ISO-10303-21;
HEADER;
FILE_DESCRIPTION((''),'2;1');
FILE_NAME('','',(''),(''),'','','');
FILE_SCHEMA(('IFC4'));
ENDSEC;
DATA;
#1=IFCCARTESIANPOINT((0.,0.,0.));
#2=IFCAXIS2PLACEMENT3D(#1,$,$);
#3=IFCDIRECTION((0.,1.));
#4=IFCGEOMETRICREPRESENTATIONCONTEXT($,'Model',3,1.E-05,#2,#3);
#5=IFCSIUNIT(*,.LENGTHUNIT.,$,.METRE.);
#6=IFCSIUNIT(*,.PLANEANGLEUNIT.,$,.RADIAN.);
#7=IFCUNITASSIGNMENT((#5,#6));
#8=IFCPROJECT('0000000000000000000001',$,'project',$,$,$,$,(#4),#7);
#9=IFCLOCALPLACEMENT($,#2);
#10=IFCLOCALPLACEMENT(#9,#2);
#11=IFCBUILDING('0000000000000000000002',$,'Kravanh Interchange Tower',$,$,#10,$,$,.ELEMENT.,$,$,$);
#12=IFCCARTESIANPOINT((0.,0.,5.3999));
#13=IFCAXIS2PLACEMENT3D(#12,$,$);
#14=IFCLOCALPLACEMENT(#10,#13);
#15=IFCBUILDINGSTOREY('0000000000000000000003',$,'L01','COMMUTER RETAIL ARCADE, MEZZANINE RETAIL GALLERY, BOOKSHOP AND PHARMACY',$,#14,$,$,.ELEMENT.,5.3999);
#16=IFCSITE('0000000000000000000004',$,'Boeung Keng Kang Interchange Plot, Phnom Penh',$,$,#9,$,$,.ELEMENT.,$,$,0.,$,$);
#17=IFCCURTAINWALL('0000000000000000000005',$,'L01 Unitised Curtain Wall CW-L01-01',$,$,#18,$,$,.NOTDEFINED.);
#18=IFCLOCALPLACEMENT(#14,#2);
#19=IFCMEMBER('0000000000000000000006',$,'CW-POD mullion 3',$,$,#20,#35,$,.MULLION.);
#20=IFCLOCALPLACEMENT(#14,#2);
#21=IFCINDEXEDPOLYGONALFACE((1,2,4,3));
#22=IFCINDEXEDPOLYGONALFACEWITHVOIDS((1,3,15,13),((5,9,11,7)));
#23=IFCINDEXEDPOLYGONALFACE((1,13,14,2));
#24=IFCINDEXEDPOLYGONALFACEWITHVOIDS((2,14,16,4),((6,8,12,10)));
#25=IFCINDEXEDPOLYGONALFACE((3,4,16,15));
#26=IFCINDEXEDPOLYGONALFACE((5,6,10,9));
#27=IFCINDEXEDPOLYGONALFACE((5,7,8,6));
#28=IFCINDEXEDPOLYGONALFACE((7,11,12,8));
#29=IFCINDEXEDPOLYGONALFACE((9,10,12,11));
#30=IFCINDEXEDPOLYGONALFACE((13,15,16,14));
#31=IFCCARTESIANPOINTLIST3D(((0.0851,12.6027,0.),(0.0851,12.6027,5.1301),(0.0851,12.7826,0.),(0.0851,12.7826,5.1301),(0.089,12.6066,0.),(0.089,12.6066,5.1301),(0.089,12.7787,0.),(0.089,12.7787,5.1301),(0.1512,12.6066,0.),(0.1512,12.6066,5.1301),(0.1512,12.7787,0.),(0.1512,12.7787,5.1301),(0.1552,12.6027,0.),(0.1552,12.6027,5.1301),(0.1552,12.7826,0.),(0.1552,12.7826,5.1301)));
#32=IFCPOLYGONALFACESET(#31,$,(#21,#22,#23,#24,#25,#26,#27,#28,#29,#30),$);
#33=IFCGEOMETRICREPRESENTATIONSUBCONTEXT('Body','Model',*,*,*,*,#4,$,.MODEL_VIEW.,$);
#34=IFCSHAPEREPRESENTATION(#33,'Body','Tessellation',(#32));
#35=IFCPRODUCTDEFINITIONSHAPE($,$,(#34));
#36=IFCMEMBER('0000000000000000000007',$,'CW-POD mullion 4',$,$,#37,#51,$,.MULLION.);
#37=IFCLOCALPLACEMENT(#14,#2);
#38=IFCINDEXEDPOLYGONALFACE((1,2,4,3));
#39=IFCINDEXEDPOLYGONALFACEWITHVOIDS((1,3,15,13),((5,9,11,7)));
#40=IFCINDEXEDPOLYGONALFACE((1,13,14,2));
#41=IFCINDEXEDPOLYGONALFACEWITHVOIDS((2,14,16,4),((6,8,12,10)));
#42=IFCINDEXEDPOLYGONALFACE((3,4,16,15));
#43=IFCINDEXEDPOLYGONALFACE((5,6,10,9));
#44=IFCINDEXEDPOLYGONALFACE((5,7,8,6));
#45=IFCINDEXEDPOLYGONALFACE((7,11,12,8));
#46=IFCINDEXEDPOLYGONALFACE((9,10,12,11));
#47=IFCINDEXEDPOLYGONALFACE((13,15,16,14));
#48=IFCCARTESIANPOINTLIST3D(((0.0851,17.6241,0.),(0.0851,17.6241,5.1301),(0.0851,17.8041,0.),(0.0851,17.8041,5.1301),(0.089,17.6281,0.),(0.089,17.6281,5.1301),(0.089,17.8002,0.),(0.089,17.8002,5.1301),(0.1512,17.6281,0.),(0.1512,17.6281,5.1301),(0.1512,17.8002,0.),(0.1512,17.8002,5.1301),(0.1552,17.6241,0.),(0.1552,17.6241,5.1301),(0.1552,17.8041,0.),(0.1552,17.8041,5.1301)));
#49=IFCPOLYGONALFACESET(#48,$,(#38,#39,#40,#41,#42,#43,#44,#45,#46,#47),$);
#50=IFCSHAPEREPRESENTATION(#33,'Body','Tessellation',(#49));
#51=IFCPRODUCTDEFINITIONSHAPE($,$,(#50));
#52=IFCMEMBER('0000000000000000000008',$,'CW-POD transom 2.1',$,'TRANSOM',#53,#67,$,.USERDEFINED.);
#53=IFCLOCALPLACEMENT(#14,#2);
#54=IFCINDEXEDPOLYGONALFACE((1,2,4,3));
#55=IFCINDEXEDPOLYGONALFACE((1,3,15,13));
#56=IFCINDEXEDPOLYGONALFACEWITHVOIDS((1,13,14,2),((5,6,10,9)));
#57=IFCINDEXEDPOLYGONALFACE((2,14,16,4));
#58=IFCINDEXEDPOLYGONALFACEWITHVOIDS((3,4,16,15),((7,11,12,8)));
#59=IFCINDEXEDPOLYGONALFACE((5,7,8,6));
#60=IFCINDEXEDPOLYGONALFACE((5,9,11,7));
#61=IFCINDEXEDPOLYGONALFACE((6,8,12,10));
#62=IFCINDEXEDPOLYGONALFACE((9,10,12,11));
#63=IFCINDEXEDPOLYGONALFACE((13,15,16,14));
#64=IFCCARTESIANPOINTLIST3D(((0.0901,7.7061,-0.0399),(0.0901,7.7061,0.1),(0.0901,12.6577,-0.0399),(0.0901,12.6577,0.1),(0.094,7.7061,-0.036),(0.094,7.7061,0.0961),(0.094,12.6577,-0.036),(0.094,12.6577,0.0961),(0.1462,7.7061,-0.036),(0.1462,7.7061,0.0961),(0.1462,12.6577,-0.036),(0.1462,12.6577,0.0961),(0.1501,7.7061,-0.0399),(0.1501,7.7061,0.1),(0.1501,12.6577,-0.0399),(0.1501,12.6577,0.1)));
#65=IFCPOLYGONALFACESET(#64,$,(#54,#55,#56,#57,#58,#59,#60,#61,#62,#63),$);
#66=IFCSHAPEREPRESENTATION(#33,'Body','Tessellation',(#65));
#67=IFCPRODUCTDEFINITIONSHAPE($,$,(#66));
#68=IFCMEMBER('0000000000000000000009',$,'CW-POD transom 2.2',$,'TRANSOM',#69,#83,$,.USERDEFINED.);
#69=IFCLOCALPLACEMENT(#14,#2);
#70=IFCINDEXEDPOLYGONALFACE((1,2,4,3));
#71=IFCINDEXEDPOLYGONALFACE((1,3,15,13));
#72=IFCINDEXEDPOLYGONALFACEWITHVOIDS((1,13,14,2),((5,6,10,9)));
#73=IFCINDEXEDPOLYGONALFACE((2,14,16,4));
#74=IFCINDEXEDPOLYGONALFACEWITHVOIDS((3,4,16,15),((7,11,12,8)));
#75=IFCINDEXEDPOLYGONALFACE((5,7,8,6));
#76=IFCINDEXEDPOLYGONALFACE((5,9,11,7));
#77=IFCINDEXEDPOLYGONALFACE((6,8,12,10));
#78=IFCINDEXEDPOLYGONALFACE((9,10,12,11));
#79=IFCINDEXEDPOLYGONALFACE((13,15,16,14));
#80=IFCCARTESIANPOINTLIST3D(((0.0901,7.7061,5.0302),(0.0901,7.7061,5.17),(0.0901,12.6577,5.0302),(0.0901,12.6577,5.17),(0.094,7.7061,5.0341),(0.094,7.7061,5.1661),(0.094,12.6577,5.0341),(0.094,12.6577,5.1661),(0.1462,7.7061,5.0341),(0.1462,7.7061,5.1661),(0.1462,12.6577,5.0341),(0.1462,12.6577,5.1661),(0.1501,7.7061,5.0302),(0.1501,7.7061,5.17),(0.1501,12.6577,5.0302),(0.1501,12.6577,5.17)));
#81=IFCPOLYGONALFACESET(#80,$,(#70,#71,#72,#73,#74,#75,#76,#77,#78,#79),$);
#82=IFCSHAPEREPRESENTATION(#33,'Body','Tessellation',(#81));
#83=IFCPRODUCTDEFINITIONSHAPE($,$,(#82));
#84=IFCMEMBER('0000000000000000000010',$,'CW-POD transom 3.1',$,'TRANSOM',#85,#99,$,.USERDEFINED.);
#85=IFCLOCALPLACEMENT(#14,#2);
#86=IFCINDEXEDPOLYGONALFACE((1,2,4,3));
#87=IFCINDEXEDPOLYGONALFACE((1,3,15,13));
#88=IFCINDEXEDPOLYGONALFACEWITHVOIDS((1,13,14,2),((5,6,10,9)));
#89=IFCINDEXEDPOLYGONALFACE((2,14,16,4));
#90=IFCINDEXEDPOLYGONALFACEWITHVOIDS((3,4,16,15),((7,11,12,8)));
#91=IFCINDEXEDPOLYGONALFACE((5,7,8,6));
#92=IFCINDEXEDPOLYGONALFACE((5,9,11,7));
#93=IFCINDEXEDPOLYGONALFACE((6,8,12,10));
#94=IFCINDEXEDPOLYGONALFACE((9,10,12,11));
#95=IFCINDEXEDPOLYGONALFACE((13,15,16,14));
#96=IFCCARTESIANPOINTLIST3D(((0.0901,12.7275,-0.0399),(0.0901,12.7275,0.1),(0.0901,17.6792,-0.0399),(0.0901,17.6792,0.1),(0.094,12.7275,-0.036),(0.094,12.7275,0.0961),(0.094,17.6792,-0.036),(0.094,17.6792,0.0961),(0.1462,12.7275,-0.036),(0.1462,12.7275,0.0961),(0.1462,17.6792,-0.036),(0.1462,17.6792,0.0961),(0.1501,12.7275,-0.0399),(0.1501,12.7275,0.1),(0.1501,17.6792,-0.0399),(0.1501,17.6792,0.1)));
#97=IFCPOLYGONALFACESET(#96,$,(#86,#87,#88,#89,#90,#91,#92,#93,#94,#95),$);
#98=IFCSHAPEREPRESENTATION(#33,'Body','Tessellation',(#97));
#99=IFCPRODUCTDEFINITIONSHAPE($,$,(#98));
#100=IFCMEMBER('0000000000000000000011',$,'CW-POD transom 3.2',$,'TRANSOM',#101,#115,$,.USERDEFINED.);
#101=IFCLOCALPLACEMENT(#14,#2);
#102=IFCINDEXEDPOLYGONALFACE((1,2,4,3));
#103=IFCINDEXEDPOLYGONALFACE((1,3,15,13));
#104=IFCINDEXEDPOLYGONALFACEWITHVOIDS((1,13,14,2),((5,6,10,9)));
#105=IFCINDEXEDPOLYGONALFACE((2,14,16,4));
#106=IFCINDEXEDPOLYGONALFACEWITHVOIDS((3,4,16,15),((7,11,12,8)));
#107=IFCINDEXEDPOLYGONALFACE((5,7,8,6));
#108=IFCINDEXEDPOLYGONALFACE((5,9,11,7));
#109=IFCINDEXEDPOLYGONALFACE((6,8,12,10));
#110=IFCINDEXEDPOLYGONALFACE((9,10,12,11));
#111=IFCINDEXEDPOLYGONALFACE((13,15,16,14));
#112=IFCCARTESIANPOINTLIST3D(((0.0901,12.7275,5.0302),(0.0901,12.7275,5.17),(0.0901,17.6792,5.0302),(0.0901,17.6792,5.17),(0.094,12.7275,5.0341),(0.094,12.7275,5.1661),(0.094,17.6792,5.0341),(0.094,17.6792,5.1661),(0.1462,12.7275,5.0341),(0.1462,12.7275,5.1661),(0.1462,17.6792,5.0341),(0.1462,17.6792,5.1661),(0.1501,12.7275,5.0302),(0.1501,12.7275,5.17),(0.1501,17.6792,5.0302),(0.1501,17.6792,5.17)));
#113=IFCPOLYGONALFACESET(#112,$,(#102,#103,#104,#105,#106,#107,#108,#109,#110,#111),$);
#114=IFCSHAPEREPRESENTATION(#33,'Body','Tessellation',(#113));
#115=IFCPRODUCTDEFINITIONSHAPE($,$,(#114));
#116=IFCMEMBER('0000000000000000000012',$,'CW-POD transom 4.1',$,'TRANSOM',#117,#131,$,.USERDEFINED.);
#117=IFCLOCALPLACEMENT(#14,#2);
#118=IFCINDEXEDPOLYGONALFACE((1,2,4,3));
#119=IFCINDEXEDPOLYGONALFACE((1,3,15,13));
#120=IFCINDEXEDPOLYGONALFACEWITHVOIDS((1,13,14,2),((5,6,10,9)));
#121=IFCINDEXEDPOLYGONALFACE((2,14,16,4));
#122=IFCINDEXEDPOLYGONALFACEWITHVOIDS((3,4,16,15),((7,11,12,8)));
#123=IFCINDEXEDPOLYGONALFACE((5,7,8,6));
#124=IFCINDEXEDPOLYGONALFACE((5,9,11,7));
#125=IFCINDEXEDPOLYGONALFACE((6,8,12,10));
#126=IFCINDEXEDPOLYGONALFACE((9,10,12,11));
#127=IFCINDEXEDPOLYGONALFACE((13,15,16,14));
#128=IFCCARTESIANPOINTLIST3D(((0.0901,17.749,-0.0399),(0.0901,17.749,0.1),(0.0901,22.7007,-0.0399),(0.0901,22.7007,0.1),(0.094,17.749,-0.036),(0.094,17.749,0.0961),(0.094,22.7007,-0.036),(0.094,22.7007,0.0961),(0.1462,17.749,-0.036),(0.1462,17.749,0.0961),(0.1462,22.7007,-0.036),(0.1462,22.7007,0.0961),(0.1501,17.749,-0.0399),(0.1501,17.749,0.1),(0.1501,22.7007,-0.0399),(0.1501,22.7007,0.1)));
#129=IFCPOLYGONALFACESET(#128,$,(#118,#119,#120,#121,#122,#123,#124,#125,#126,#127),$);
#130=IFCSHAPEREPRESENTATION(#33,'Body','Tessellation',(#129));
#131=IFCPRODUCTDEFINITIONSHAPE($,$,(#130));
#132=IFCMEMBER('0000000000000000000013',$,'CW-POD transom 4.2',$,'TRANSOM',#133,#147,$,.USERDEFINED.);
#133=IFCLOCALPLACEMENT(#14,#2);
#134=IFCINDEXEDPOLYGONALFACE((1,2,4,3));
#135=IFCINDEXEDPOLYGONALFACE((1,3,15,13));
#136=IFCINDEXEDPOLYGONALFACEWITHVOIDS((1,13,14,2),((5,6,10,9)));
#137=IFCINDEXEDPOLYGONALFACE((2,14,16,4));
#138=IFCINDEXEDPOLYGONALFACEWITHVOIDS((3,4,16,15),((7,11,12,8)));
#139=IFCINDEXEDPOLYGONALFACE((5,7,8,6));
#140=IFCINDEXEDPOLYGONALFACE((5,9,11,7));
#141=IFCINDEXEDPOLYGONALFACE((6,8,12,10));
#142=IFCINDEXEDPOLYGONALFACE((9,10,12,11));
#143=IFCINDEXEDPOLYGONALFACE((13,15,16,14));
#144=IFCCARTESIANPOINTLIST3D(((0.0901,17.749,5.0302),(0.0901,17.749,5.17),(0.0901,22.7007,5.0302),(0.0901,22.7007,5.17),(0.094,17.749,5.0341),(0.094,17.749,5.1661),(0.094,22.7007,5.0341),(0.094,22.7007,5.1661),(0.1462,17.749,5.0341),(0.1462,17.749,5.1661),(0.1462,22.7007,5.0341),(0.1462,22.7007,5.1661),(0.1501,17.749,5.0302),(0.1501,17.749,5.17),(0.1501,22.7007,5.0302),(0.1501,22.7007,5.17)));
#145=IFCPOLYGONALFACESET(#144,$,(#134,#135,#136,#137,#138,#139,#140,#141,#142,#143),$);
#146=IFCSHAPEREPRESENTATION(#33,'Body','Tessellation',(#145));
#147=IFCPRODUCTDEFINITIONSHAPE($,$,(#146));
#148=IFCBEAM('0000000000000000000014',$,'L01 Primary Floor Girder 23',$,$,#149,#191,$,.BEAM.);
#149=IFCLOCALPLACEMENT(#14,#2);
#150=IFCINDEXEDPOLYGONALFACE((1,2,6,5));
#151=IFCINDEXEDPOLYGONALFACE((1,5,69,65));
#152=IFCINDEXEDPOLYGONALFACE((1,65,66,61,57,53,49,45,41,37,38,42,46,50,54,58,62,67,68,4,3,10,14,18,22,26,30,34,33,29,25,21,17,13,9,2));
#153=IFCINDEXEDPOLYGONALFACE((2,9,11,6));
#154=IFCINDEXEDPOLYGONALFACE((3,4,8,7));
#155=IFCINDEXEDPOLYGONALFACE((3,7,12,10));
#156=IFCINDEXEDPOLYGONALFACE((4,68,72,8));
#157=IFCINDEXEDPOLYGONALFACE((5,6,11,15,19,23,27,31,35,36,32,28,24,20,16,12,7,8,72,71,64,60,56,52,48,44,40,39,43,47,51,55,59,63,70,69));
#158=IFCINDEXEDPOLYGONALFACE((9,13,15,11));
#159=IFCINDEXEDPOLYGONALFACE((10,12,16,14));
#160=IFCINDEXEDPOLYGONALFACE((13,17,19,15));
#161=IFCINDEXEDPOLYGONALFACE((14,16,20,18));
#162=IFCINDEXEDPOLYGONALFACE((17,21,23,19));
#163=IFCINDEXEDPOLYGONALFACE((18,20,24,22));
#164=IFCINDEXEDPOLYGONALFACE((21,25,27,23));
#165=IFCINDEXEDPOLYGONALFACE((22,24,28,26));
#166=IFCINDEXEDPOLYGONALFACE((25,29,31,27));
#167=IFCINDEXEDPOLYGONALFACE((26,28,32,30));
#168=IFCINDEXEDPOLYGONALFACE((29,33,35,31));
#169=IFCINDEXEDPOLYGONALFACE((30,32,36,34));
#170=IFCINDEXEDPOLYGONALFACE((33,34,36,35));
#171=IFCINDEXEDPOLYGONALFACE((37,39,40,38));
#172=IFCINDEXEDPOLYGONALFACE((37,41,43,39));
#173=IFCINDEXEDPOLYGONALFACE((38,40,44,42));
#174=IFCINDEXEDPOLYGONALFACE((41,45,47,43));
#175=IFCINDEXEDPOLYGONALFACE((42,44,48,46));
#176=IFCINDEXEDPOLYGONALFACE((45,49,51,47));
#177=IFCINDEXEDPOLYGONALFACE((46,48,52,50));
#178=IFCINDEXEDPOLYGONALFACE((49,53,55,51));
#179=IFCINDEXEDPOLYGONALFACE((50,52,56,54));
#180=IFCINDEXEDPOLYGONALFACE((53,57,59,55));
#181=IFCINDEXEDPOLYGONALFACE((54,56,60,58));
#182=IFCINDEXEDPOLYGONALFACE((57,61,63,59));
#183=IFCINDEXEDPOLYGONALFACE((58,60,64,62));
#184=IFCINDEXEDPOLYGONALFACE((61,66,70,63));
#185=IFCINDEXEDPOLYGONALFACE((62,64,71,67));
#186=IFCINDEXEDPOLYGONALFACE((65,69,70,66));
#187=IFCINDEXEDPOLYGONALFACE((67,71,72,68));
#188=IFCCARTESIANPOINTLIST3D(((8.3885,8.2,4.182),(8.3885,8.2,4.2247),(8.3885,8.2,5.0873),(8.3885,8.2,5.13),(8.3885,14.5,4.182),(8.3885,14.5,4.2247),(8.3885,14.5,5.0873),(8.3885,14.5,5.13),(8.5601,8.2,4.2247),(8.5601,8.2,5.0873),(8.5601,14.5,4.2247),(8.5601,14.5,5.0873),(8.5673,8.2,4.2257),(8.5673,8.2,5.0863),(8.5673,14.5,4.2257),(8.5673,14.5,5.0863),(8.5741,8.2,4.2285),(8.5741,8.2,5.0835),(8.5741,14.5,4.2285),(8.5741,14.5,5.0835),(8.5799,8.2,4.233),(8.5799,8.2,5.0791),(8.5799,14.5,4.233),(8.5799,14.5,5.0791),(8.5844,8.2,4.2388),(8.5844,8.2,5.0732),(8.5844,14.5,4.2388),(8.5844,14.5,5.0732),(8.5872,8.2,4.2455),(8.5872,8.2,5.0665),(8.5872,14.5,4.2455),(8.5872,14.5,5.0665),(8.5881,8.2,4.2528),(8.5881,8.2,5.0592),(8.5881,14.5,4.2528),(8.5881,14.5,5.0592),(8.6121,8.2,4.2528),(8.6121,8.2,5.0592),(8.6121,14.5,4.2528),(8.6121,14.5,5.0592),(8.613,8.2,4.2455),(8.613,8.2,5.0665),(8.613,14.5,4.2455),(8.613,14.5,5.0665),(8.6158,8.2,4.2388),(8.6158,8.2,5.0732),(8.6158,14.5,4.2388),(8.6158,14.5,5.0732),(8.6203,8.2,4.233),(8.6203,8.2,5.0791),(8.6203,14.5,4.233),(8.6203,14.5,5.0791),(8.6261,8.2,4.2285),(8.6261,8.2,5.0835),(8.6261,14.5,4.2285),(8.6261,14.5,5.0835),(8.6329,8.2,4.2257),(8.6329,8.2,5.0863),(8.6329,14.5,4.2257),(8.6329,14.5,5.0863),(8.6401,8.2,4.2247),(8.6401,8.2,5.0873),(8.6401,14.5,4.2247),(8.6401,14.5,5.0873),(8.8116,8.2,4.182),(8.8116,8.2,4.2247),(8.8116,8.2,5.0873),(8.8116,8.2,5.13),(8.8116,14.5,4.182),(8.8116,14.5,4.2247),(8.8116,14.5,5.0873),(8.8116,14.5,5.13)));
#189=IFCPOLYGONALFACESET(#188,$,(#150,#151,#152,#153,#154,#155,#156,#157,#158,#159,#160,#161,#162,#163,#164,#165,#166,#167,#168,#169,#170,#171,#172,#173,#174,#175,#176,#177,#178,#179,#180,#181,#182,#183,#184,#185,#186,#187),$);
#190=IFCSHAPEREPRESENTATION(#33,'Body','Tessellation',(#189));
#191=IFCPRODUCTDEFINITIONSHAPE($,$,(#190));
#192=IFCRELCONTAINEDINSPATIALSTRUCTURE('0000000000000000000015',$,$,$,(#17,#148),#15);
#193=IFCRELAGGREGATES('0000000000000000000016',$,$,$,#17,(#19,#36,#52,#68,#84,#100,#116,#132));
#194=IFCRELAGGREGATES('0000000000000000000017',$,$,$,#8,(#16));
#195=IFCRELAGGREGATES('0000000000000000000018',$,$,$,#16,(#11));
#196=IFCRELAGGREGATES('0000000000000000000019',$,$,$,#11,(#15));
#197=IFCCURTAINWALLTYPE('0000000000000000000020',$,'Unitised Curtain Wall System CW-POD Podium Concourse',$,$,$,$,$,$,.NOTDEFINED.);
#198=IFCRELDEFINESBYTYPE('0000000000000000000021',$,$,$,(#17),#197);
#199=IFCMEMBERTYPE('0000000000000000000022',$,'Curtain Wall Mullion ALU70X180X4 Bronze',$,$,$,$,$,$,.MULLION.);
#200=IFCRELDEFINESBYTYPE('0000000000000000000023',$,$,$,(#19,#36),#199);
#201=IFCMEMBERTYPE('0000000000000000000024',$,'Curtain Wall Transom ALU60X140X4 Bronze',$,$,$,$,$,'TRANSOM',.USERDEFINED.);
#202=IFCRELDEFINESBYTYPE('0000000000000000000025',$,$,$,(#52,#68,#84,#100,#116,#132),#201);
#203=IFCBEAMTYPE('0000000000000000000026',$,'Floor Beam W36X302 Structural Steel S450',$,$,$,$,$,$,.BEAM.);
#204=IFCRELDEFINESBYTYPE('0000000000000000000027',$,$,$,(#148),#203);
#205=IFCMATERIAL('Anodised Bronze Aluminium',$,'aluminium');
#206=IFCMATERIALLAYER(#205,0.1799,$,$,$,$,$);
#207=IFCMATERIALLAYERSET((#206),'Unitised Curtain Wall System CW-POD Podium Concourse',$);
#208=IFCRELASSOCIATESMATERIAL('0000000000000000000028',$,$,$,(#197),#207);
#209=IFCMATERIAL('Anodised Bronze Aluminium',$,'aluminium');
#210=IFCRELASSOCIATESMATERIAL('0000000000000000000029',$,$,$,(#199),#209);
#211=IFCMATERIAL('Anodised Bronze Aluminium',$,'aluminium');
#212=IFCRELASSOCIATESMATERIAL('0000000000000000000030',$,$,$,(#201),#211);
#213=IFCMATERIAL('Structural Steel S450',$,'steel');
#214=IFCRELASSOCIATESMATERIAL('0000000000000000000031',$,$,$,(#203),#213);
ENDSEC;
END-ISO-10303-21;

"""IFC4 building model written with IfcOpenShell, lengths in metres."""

from ifc_helpers import new_model, si_unit, direction, frame, origin, origin_2d, place, context, subcontext, project, spatial, hollow_rectangle, i_section, extrude, material, layer, layer_set, material_profile, profile_set, type_object, element, aggregate, save


model = new_model("IFC4")

# Units and contexts
model_context = context("Model", 3, precision=1e-05, world=origin(), true_north=direction((0.0, 1.0)))
body_context = subcontext(model_context, "Body", "Model", "MODEL_VIEW")
ifc_project = project(units=[si_unit("LENGTHUNIT", "METRE"), si_unit("PLANEANGLEUNIT", "RADIAN")], contexts=[model_context])

# Site, building, storey
site_placement = place(None, origin())
site = spatial("IfcSite", under=ifc_project, at=site_placement, Name="Boeung Keng Kang Interchange Plot, Phnom Penh", CompositionType="ELEMENT", RefElevation=0.0)
building_placement = place(site_placement, origin())
building = spatial("IfcBuilding", under=site, at=building_placement, Name="Kravanh Interchange Tower", CompositionType="ELEMENT")
storey_placement = place(building_placement, frame((0.0, 0.0, 5.3999)))
storey = spatial("IfcBuildingStorey", under=building, at=storey_placement, Name="L01", Description="COMMUTER RETAIL ARCADE, MEZZANINE RETAIL GALLERY, BOOKSHOP AND PHARMACY", CompositionType="ELEMENT", Elevation=5.3999)

# Curtain wall, members
ifc_material_1 = material(Name="Anodised Bronze Aluminium", Category="aluminium")
ifc_layer_1 = layer(ifc_material_1, 0.1799)
ifc_layer_set_1 = layer_set([ifc_layer_1], Name="Unitised Curtain Wall System CW-POD Podium Concourse")
curtain_wall_type = type_object("IfcCurtainWallType", Name="Unitised Curtain Wall System CW-POD Podium Concourse", PredefinedType="NOTDEFINED", material=ifc_layer_set_1)
curtain_wall_placement = place(storey_placement, origin())
curtain_wall = element("IfcCurtainWall", 1, at=curtain_wall_placement, inside=storey, type_object=curtain_wall_type, Name="L01 Unitised Curtain Wall CW-L01-01", PredefinedType="NOTDEFINED")
ifc_material_2 = material(Name="Anodised Bronze Aluminium", Category="aluminium")
ifc_material_profile_1 = material_profile(ifc_material_2, hollow_rectangle(XDim=0.0701, YDim=0.1799, WallThickness=0.0039, at=origin_2d()), Name="ALU70X180X4")
ifc_profile_set_1 = profile_set([ifc_material_profile_1], Name="Anodised Bronze Aluminium")
member_type_1 = type_object("IfcMemberType", Name="Curtain Wall Mullion ALU70X180X4 Bronze", PredefinedType="MULLION", material=ifc_profile_set_1)
member_1_placement = place(storey_placement, frame((0.1201, 12.6926, 0.0), z_axis=(0.0, 0.0, 1.0), x_axis=(-1.0, 0.0, 0.0)))
member_1 = element("IfcMember", 2, at=member_1_placement, type_object=member_type_1, Name="CW-POD mullion 3", PredefinedType="MULLION", context=body_context, shape_type="SweptSolid", body=[
    extrude(hollow_rectangle(XDim=0.0701, YDim=0.1799, WallThickness=0.0039, at=origin_2d()), origin(), (0.0, 0.0, 1.0), 5.1301),
])
member_2_placement = place(storey_placement, frame((0.1201, 17.7141, 0.0), z_axis=(0.0, 0.0, 1.0), x_axis=(-1.0, 0.0, 0.0)))
member_2 = element("IfcMember", 3, at=member_2_placement, type_object=member_type_1, Name="CW-POD mullion 4", PredefinedType="MULLION", context=body_context, shape_type="SweptSolid", body=[
    extrude(hollow_rectangle(XDim=0.0701, YDim=0.1799, WallThickness=0.0039, at=origin_2d()), origin(), (0.0, 0.0, 1.0), 5.1301),
])
ifc_material_3 = material(Name="Anodised Bronze Aluminium", Category="aluminium")
ifc_material_profile_2 = material_profile(ifc_material_3, hollow_rectangle(XDim=0.0601, YDim=0.1399, WallThickness=0.0039, at=origin_2d()), Name="ALU60X140X4")
ifc_profile_set_2 = profile_set([ifc_material_profile_2], Name="Anodised Bronze Aluminium")
member_type_2 = type_object("IfcMemberType", Name="Curtain Wall Transom ALU60X140X4 Bronze", ElementType="TRANSOM", PredefinedType="USERDEFINED", material=ifc_profile_set_2)
member_3_placement = place(storey_placement, frame((0.1201, 7.7061, 0.03), z_axis=(0.0, 1.0, 0.0), x_axis=(-1.0, 0.0, 0.0)))
member_3 = element("IfcMember", 4, at=member_3_placement, type_object=member_type_2, Name="CW-POD transom 2.1", ObjectType="TRANSOM", PredefinedType="USERDEFINED", context=body_context, shape_type="SweptSolid", body=[
    extrude(hollow_rectangle(XDim=0.0601, YDim=0.1399, WallThickness=0.0039, at=origin_2d()), origin(), (0.0, 0.0, 1.0), 4.9517),
])
member_4_placement = place(storey_placement, frame((0.1201, 7.7061, 5.1001), z_axis=(0.0, 1.0, 0.0), x_axis=(-1.0, 0.0, 0.0)))
member_4 = element("IfcMember", 5, at=member_4_placement, type_object=member_type_2, Name="CW-POD transom 2.2", ObjectType="TRANSOM", PredefinedType="USERDEFINED", context=body_context, shape_type="SweptSolid", body=[
    extrude(hollow_rectangle(XDim=0.0601, YDim=0.1399, WallThickness=0.0039, at=origin_2d()), origin(), (0.0, 0.0, 1.0), 4.9517),
])
member_5_placement = place(storey_placement, frame((0.1201, 12.7275, 0.03), z_axis=(0.0, 1.0, 0.0), x_axis=(-1.0, 0.0, 0.0)))
member_5 = element("IfcMember", 6, at=member_5_placement, type_object=member_type_2, Name="CW-POD transom 3.1", ObjectType="TRANSOM", PredefinedType="USERDEFINED", context=body_context, shape_type="SweptSolid", body=[
    extrude(hollow_rectangle(XDim=0.0601, YDim=0.1399, WallThickness=0.0039, at=origin_2d()), origin(), (0.0, 0.0, 1.0), 4.9517),
])
member_6_placement = place(storey_placement, frame((0.1201, 12.7275, 5.1001), z_axis=(0.0, 1.0, 0.0), x_axis=(-1.0, 0.0, 0.0)))
member_6 = element("IfcMember", 7, at=member_6_placement, type_object=member_type_2, Name="CW-POD transom 3.2", ObjectType="TRANSOM", PredefinedType="USERDEFINED", context=body_context, shape_type="SweptSolid", body=[
    extrude(hollow_rectangle(XDim=0.0601, YDim=0.1399, WallThickness=0.0039, at=origin_2d()), origin(), (0.0, 0.0, 1.0), 4.9517),
])
member_7_placement = place(storey_placement, frame((0.1201, 17.749, 0.03), z_axis=(0.0, 1.0, 0.0), x_axis=(-1.0, 0.0, 0.0)))
member_7 = element("IfcMember", 8, at=member_7_placement, type_object=member_type_2, Name="CW-POD transom 4.1", ObjectType="TRANSOM", PredefinedType="USERDEFINED", context=body_context, shape_type="SweptSolid", body=[
    extrude(hollow_rectangle(XDim=0.0601, YDim=0.1399, WallThickness=0.0039, at=origin_2d()), origin(), (0.0, 0.0, 1.0), 4.9517),
])
member_8_placement = place(storey_placement, frame((0.1201, 17.749, 5.1001), z_axis=(0.0, 1.0, 0.0), x_axis=(-1.0, 0.0, 0.0)))
member_8 = element("IfcMember", 9, at=member_8_placement, type_object=member_type_2, Name="CW-POD transom 4.2", ObjectType="TRANSOM", PredefinedType="USERDEFINED", context=body_context, shape_type="SweptSolid", body=[
    extrude(hollow_rectangle(XDim=0.0601, YDim=0.1399, WallThickness=0.0039, at=origin_2d()), origin(), (0.0, 0.0, 1.0), 4.9517),
])

# Beam
ifc_material_4 = material(Name="Structural Steel S450", Category="steel")
ifc_material_profile_3 = material_profile(ifc_material_4, i_section(OverallWidth=0.4231, OverallDepth=0.948, WebThickness=0.0239, FlangeThickness=0.0427, FilletRadius=0.0281, at=origin_2d()), Name="W36X302")
ifc_profile_set_3 = profile_set([ifc_material_profile_3], Name="Structural Steel S450")
beam_type_1 = type_object("IfcBeamType", Name="Floor Beam W36X302 Structural Steel S450", PredefinedType="BEAM", material=ifc_profile_set_3)
beam_1_placement = place(storey_placement, frame((8.6001, 8.2, 4.656), z_axis=(0.0, 1.0, 0.0), x_axis=(-1.0, 0.0, 0.0)))
element("IfcBeam", 10, at=beam_1_placement, inside=storey, type_object=beam_type_1, Name="L01 Primary Floor Girder 23", PredefinedType="BEAM", context=body_context, shape_type="SweptSolid", body=[
    extrude(i_section(OverallWidth=0.4231, OverallDepth=0.948, WebThickness=0.0239, FlangeThickness=0.0427, FilletRadius=0.0281, at=origin_2d()), origin(), (0.0, 0.0, 1.0), 6.3),
])

aggregate(curtain_wall, [member_1, member_2, member_3, member_4, member_5, member_6, member_7, member_8])

save(model, "model.ifc")
